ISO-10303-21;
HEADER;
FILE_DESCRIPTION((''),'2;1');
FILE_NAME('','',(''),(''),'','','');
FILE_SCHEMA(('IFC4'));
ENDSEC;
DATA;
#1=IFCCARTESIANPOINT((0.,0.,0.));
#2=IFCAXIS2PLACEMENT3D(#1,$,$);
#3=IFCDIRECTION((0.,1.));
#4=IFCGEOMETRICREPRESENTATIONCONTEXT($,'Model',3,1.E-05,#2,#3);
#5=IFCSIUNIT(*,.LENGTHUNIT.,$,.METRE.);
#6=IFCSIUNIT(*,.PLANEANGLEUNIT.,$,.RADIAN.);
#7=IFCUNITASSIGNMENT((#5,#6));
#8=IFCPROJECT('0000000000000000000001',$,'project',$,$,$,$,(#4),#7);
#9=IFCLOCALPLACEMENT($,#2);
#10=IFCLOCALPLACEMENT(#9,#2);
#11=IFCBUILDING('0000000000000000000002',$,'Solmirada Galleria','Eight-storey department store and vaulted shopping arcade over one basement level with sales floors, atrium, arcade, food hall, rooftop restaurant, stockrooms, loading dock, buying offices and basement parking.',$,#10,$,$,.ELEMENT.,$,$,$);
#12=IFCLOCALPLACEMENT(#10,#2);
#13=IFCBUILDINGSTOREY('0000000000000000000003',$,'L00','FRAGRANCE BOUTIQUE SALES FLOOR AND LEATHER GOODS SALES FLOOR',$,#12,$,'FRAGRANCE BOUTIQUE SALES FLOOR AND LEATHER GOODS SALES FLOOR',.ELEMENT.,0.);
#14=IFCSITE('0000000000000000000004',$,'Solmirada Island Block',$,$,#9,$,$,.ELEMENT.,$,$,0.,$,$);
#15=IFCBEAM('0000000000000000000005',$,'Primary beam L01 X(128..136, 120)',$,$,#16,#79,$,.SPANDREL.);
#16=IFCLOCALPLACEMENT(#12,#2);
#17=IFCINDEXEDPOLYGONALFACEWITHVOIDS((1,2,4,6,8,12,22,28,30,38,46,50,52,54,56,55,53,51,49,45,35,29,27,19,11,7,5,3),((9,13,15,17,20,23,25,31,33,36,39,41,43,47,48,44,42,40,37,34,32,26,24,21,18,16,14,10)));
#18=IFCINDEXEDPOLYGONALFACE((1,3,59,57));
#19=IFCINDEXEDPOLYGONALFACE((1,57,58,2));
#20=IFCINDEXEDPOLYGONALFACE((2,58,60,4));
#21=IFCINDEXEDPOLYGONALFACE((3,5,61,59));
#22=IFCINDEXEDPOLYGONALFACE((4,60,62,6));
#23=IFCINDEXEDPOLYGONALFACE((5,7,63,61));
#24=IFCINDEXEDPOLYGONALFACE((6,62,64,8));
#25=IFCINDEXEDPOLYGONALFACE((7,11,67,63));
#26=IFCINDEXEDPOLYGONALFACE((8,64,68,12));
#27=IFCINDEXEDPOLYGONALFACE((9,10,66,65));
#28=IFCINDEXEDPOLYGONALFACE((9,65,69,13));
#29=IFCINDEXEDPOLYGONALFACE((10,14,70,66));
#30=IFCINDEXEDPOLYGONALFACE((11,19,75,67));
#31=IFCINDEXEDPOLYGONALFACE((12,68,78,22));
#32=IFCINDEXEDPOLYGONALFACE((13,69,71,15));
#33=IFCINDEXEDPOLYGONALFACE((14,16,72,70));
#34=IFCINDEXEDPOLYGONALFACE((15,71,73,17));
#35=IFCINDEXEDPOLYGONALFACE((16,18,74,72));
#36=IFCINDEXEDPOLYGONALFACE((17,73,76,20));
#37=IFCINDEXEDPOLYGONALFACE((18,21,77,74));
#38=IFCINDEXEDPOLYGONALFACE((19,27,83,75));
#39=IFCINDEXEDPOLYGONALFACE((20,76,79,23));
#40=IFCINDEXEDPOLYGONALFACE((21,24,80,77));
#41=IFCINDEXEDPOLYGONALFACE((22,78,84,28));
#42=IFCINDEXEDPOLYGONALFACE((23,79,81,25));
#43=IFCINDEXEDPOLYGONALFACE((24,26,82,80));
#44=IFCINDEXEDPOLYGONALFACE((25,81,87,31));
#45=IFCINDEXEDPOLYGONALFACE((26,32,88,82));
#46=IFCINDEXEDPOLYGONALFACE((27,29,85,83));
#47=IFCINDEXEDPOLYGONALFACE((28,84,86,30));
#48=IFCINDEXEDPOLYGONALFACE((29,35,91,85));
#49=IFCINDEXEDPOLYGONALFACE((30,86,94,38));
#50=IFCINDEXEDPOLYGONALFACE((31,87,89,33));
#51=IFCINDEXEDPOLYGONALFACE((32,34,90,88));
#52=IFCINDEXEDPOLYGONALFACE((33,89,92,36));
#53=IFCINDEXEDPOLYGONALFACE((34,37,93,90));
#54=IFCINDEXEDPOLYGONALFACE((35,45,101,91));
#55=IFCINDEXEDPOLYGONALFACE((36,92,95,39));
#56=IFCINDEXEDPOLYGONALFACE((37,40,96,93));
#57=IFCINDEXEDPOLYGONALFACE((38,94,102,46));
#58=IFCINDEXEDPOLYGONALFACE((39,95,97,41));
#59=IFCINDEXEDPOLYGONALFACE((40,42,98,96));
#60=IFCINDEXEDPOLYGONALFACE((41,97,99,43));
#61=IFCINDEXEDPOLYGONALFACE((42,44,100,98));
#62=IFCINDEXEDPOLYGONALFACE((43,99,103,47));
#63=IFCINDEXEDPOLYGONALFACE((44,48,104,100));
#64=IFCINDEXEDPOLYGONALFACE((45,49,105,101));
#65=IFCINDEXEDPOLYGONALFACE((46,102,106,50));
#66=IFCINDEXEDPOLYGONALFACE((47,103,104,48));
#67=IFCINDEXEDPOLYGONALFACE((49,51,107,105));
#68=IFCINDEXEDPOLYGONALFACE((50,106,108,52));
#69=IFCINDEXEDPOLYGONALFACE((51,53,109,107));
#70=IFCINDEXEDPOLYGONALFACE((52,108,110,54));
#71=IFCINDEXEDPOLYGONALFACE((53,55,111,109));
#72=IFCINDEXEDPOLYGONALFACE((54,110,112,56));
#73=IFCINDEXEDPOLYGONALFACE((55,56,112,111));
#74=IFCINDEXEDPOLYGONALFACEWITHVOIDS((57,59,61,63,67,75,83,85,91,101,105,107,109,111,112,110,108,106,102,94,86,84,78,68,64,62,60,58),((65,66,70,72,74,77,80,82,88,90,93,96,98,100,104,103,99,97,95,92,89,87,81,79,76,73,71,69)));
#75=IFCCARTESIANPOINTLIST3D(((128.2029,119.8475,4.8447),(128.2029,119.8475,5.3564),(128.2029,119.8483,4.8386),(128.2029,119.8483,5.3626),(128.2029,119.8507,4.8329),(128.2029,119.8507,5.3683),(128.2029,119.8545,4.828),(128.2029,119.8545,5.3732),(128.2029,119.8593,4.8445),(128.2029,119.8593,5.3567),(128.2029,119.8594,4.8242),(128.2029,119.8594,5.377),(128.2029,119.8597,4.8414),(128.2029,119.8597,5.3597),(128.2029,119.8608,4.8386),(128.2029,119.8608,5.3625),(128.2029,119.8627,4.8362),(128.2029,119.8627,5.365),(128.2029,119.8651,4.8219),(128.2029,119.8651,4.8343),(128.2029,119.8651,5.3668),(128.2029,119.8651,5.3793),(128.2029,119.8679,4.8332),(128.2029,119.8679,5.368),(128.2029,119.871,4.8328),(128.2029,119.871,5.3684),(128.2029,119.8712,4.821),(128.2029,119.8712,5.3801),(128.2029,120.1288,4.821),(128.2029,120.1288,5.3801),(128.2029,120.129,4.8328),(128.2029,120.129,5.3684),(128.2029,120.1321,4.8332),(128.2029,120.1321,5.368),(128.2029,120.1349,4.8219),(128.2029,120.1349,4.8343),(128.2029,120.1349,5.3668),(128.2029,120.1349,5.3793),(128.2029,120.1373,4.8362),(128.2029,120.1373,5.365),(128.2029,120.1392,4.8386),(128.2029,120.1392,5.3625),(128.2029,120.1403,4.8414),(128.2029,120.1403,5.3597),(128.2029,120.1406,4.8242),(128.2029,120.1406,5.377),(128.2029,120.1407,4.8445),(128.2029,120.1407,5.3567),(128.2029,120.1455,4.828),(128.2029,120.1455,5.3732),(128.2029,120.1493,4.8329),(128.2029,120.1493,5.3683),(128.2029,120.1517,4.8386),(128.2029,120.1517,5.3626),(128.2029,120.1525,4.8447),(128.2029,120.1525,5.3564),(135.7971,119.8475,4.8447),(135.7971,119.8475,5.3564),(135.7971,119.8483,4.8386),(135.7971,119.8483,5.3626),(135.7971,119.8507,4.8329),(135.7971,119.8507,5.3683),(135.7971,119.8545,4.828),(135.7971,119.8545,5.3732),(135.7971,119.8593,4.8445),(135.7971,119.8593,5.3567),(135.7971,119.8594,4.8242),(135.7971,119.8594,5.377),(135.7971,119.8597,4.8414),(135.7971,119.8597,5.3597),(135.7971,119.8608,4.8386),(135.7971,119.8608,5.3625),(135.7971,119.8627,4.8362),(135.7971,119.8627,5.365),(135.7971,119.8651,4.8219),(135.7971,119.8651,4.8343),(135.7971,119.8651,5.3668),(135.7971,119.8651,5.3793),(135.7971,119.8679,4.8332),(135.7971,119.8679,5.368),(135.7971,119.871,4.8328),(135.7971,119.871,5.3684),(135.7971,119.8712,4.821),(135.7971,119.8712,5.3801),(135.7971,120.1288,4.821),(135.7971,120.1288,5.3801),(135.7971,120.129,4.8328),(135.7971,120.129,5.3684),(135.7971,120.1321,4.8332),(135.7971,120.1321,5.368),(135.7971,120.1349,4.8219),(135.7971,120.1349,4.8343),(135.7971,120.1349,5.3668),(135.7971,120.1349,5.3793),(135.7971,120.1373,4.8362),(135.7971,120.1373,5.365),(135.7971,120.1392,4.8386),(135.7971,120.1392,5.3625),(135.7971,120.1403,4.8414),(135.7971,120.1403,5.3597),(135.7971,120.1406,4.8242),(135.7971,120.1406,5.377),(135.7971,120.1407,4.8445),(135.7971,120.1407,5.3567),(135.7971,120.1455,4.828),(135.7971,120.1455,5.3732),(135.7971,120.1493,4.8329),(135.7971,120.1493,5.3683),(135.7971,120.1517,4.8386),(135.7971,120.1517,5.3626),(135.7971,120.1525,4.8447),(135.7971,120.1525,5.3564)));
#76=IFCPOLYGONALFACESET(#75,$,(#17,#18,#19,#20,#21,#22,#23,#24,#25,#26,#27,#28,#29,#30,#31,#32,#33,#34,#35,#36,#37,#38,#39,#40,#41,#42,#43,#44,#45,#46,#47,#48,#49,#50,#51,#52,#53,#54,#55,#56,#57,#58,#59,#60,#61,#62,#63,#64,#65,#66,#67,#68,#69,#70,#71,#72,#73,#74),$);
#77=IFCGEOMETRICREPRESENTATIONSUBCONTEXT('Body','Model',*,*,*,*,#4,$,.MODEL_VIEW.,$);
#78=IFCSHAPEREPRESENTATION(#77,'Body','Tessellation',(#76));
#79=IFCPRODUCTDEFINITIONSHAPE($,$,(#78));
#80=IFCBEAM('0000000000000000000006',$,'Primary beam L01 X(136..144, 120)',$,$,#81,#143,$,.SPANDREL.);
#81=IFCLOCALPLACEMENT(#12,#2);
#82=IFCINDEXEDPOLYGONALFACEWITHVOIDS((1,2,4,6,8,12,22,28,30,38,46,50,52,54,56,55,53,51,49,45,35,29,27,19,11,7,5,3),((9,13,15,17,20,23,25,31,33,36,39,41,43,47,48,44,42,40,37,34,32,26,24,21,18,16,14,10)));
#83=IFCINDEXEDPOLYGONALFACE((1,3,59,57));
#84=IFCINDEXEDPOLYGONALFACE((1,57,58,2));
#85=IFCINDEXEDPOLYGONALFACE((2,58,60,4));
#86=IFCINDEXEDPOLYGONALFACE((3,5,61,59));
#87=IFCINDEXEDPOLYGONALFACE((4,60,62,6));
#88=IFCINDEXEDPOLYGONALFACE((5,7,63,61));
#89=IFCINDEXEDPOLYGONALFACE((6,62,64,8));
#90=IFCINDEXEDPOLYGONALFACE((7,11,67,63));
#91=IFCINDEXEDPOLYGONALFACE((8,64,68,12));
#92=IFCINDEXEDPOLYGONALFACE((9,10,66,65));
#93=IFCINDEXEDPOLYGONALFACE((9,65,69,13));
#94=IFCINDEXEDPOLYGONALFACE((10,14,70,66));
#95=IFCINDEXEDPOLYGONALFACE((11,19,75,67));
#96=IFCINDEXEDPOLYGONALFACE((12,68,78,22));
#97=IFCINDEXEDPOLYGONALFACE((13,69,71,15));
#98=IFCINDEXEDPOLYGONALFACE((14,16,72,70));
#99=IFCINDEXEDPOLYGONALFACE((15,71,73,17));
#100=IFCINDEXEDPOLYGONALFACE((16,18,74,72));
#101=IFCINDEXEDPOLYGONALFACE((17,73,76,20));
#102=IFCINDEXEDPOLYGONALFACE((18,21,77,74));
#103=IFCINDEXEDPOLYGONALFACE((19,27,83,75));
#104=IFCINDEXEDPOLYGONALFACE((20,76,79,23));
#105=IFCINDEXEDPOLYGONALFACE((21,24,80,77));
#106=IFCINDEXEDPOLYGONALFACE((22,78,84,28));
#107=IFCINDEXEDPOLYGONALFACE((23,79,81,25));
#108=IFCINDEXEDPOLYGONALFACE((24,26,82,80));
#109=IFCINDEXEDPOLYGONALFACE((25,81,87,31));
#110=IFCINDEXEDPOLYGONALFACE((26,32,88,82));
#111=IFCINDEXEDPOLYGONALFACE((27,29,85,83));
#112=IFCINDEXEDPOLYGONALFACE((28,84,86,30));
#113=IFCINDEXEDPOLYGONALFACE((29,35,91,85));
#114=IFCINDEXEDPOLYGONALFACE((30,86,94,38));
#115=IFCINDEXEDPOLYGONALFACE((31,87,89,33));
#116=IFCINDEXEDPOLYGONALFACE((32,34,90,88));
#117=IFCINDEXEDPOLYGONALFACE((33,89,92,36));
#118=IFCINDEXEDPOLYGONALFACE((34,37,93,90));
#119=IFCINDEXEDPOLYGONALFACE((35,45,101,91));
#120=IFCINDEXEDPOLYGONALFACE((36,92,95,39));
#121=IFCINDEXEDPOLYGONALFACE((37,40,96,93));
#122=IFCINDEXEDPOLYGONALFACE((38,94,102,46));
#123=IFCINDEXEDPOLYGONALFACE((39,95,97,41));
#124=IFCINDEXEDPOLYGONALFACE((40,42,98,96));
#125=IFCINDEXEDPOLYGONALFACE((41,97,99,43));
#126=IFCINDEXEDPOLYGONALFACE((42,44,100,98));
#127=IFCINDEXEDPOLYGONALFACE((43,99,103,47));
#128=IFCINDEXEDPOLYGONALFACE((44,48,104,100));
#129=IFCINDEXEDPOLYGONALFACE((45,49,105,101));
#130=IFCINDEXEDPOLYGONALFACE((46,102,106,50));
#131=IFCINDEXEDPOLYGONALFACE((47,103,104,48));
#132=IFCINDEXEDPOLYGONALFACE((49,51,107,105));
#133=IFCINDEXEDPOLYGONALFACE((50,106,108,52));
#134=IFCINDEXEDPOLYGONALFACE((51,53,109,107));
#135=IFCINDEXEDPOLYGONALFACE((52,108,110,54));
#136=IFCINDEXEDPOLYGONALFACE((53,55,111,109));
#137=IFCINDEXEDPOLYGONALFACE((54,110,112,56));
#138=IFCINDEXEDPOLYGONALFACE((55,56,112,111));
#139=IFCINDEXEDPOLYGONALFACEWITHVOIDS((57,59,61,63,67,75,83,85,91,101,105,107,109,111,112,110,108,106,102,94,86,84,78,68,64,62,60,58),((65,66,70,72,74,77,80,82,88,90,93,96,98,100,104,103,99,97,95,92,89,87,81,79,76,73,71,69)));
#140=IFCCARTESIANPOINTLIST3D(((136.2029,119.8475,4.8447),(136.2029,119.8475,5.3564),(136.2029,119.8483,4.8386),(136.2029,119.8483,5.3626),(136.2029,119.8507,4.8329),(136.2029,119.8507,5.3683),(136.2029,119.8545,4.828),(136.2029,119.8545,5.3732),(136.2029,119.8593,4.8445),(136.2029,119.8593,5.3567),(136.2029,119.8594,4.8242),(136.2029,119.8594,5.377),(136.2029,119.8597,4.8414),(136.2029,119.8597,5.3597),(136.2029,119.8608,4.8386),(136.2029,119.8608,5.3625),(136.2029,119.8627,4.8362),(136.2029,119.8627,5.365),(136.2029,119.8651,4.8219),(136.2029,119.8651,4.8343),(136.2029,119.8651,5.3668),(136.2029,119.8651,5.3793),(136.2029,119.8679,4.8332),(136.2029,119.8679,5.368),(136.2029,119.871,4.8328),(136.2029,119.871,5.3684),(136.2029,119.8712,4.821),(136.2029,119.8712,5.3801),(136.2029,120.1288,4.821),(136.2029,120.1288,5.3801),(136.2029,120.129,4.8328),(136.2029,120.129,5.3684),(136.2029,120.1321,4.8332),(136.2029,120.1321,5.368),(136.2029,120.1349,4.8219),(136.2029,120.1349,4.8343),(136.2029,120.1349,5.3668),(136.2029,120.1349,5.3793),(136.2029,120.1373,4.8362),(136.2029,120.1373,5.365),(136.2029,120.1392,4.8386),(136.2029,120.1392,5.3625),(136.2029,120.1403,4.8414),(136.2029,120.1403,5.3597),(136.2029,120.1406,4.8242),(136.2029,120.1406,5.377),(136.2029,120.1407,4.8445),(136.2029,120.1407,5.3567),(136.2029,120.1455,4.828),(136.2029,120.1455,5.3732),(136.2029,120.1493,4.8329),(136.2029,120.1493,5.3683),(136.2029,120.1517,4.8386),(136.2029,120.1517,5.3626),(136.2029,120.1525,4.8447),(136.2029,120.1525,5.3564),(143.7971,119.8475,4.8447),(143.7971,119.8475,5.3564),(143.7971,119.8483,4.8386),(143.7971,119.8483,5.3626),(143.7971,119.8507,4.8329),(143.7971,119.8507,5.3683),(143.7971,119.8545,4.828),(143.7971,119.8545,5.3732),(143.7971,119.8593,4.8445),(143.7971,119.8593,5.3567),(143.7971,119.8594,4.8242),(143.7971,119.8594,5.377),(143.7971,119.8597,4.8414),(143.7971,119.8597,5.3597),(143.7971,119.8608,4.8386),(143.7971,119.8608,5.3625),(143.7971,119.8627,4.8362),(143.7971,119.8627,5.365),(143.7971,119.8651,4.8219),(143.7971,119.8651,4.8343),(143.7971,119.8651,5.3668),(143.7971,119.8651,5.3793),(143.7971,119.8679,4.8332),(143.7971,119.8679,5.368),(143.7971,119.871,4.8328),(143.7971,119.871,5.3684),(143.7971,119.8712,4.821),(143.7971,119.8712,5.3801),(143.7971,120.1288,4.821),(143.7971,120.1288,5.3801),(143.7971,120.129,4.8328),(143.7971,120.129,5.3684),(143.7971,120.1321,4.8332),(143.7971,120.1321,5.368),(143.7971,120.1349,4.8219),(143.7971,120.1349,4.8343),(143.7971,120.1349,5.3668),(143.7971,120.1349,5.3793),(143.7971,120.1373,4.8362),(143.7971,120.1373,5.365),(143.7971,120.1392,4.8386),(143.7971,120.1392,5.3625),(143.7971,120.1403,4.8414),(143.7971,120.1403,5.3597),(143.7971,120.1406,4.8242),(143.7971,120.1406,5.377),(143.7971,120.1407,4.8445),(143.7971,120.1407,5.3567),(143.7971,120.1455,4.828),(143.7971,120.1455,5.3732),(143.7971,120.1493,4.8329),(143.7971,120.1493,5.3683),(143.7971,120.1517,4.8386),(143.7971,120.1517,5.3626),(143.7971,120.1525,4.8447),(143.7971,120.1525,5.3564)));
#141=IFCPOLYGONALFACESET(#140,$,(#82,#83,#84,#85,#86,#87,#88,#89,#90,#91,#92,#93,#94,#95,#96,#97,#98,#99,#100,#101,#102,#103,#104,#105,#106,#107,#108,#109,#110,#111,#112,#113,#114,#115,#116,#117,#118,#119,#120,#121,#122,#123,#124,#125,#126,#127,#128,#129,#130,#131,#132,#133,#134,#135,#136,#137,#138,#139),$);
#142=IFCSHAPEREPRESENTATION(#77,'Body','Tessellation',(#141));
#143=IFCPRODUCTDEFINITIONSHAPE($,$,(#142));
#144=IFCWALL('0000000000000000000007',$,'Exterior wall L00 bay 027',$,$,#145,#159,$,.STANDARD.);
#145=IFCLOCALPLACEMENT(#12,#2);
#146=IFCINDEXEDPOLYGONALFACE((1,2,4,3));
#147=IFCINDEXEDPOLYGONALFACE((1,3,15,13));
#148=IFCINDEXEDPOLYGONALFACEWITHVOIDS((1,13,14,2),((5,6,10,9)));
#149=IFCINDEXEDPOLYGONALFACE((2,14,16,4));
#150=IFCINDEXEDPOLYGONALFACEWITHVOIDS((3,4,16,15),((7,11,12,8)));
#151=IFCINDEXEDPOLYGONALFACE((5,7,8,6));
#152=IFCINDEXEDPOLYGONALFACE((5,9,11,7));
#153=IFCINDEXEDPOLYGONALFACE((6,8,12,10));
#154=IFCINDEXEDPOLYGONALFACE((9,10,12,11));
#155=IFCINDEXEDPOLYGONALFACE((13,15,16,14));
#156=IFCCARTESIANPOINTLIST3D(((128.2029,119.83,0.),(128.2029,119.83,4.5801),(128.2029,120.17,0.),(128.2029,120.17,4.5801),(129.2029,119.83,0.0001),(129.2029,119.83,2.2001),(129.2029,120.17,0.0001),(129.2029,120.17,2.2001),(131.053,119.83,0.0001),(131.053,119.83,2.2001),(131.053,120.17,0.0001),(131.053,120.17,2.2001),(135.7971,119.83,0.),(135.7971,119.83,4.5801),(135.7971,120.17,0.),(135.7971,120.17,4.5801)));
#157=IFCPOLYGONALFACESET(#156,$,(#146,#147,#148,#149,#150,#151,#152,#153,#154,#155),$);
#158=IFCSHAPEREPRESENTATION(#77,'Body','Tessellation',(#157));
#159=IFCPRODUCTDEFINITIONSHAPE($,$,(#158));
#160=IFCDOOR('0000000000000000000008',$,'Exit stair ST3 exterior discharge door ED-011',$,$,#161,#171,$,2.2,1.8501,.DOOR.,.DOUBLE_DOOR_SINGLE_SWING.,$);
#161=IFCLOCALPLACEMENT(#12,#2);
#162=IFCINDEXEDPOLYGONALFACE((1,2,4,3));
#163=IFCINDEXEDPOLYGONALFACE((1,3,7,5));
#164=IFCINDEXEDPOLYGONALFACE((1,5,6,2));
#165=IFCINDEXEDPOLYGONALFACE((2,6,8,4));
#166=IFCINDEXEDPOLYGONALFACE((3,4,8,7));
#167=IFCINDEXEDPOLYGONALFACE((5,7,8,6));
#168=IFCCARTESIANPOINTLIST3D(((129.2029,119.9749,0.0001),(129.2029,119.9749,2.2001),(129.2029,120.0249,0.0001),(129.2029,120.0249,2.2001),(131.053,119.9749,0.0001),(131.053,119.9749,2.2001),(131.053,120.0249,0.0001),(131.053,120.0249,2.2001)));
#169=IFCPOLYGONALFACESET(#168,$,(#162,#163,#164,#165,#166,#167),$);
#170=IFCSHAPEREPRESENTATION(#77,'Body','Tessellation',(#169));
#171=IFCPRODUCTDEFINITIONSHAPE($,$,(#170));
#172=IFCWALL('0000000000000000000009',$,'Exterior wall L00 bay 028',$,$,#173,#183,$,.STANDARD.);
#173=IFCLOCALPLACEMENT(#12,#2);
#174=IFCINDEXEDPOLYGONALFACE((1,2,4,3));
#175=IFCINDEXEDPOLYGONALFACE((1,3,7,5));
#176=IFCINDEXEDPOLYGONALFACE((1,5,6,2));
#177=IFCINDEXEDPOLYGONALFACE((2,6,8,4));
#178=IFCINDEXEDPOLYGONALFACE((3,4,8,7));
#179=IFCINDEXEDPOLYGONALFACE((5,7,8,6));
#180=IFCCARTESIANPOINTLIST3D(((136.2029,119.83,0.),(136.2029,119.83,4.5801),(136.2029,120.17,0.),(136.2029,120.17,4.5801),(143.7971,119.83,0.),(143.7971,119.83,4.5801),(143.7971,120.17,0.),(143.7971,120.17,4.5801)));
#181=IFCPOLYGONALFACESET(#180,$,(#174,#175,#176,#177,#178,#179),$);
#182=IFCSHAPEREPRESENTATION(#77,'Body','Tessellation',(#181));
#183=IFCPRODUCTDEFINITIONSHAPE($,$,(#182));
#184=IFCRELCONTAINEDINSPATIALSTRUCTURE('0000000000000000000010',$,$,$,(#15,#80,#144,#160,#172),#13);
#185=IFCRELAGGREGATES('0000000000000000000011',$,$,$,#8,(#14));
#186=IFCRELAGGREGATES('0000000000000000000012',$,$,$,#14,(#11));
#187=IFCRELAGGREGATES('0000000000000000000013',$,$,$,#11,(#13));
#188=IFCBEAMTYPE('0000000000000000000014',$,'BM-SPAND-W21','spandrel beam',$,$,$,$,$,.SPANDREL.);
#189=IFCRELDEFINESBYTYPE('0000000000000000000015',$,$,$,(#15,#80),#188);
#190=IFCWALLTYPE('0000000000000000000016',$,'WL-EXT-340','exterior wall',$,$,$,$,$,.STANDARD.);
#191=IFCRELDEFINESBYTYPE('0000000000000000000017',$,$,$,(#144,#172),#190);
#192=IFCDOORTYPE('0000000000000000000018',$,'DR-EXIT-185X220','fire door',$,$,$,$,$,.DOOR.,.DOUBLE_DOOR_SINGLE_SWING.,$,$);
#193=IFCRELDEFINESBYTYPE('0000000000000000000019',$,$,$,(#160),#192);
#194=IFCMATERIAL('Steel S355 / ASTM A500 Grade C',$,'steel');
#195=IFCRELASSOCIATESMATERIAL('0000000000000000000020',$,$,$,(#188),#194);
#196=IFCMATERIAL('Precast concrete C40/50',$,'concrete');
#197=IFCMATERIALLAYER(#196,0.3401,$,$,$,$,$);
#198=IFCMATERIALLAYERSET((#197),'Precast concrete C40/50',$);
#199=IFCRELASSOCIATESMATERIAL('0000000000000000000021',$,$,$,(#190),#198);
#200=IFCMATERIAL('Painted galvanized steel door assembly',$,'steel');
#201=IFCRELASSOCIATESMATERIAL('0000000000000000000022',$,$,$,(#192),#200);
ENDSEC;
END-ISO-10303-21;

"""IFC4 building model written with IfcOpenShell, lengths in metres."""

from ifc_helpers import new_model, si_unit, direction, frame, frame_2d, origin, origin_2d, place, context, subcontext, project, spatial, rectangle, hollow_rectangle, extrude, material, layer, layer_set, material_profile, profile_set, type_object, element, fill, save


model = new_model("IFC4")

# Units and contexts
model_context = context("Model", 3, precision=1e-05, world=origin(), true_north=direction((0.0, 1.0)))
body_context = subcontext(model_context, "Body", "Model", "MODEL_VIEW")
ifc_project = project(units=[si_unit("LENGTHUNIT", "METRE"), si_unit("PLANEANGLEUNIT", "RADIAN")], contexts=[model_context])

# Site, building, storey
site_placement = place(None, origin())
site = spatial("IfcSite", under=ifc_project, at=site_placement, Name="Solmirada Island Block", CompositionType="ELEMENT", RefElevation=0.0)
building_placement = place(site_placement, origin())
building = spatial("IfcBuilding", under=site, at=building_placement, Name="Solmirada Galleria", Description="Eight-storey department store and vaulted shopping arcade over one basement level with sales floors, atrium, arcade, food hall, rooftop restaurant, stockrooms, loading dock, buying offices and basement parking.", CompositionType="ELEMENT")
storey_placement = place(building_placement, origin())
storey = spatial("IfcBuildingStorey", under=building, at=storey_placement, Name="L00", Description="FRAGRANCE BOUTIQUE SALES FLOOR AND LEATHER GOODS SALES FLOOR", LongName="FRAGRANCE BOUTIQUE SALES FLOOR AND LEATHER GOODS SALES FLOOR", CompositionType="ELEMENT", Elevation=0.0)

# Shared definitions
ifc_material_1 = material(Name="Steel S355 / ASTM A500 Grade C", Category="steel")

# Beams
ifc_material_profile_1 = material_profile(ifc_material_1, hollow_rectangle(XDim=0.3049, YDim=0.5591, WallThickness=0.0117, InnerFilletRadius=0.0117, OuterFilletRadius=0.0237, at=origin_2d()), Name="HSS22X12X1/2")
ifc_profile_set_1 = profile_set([ifc_material_profile_1], Name="Steel S355 / ASTM A500 Grade C")
beam_type_1 = type_object("IfcBeamType", Name="BM-SPAND-W21", Description="spandrel beam", PredefinedType="SPANDREL", material=ifc_profile_set_1)
for number, where, z_axis, x_axis, name in (
    (1, (128.2029, 120.0, 5.1006), (1.0, 0.0, 0.0), (0.0, 1.0, 0.0), "Primary beam L01 X(128..136, 120)"),
    (2, (136.2029, 120.0, 5.1006), (1.0, 0.0, 0.0), (0.0, 1.0, 0.0), "Primary beam L01 X(136..144, 120)"),
):
    element("IfcBeam", number, at=place(storey_placement, frame(where, z_axis=z_axis, x_axis=x_axis)), inside=storey, type_object=beam_type_1, Name=name, PredefinedType="SPANDREL", context=body_context, shape_type="SweptSolid", body=[
        extrude(hollow_rectangle(XDim=0.3049, YDim=0.5591, WallThickness=0.0117, InnerFilletRadius=0.0117, OuterFilletRadius=0.0237, at=origin_2d()), origin(), (0.0, 0.0, 1.0), 7.5942),
    ])

# Wall, opening, door
ifc_material_2 = material(Name="Precast concrete C40/50", Category="concrete")
ifc_layer_1 = layer(ifc_material_2, 0.3401)
ifc_layer_set_1 = layer_set([ifc_layer_1], Name="Precast concrete C40/50")
wall_type_1 = type_object("IfcWallType", Name="WL-EXT-340", Description="exterior wall", PredefinedType="STANDARD", material=ifc_layer_set_1)
wall_1_placement = place(storey_placement, frame((128.2029, 120.0, 0.0), z_axis=(0.0, 0.0, 1.0), x_axis=(1.0, 0.0, 0.0)))
wall_1 = element("IfcWall", 3, at=wall_1_placement, inside=storey, type_object=wall_type_1, Name="Exterior wall L00 bay 027", PredefinedType="STANDARD", context=body_context, shape_type="SweptSolid", body=[
    extrude(rectangle(XDim=7.5942, YDim=0.3401, at=frame_2d((3.7971, 0.0))), origin(), (0.0, 0.0, 1.0), 4.5801),
])
opening_1_placement = place(wall_1_placement, frame((1.0, 0.0, 0.0)))
opening_1 = element("IfcOpeningElement", 4, at=opening_1_placement, cuts=wall_1, PredefinedType="OPENING", context=body_context, shape_type="SweptSolid", body=[
    extrude(rectangle(XDim=1.8501, YDim=2.2, at=frame_2d((0.925, 1.1001))), frame((0.0, 0.1799, 0.0), z_axis=(0.0, -1.0, 0.0), x_axis=(1.0, 0.0, 0.0)), (0.0, 0.0, 1.0), 0.3601),
])
ifc_material_3 = material(Name="Painted galvanized steel door assembly", Category="steel")
door_type_1 = type_object("IfcDoorType", Name="DR-EXIT-185X220", Description="fire door", OperationType="DOUBLE_DOOR_SINGLE_SWING", PredefinedType="DOOR", material=ifc_material_3)
door_1_placement = place(opening_1_placement, origin())
door_1 = element("IfcDoor", 5, at=door_1_placement, inside=storey, type_object=door_type_1, Name="Exit stair ST3 exterior discharge door ED-011", OperationType="DOUBLE_DOOR_SINGLE_SWING", OverallHeight=2.2, OverallWidth=1.8501, PredefinedType="DOOR", context=body_context, shape_type="SweptSolid", body=[
    extrude(rectangle(XDim=1.8501, YDim=2.2, at=frame_2d((0.925, 1.1001))), frame((0.0, 0.0249, 0.0), z_axis=(0.0, -1.0, 0.0), x_axis=(1.0, 0.0, 0.0)), (0.0, 0.0, 1.0), 0.05),
])
fill(opening_1, door_1)

# Wall
wall_2_placement = place(storey_placement, frame((136.2029, 120.0, 0.0), z_axis=(0.0, 0.0, 1.0), x_axis=(1.0, 0.0, 0.0)))
element("IfcWall", 6, at=wall_2_placement, inside=storey, type_object=wall_type_1, Name="Exterior wall L00 bay 028", PredefinedType="STANDARD", context=body_context, shape_type="SweptSolid", body=[
    extrude(rectangle(XDim=7.5942, YDim=0.3401, at=frame_2d((3.7971, 0.0))), origin(), (0.0, 0.0, 1.0), 4.5801),
])

save(model, "model.ifc")
